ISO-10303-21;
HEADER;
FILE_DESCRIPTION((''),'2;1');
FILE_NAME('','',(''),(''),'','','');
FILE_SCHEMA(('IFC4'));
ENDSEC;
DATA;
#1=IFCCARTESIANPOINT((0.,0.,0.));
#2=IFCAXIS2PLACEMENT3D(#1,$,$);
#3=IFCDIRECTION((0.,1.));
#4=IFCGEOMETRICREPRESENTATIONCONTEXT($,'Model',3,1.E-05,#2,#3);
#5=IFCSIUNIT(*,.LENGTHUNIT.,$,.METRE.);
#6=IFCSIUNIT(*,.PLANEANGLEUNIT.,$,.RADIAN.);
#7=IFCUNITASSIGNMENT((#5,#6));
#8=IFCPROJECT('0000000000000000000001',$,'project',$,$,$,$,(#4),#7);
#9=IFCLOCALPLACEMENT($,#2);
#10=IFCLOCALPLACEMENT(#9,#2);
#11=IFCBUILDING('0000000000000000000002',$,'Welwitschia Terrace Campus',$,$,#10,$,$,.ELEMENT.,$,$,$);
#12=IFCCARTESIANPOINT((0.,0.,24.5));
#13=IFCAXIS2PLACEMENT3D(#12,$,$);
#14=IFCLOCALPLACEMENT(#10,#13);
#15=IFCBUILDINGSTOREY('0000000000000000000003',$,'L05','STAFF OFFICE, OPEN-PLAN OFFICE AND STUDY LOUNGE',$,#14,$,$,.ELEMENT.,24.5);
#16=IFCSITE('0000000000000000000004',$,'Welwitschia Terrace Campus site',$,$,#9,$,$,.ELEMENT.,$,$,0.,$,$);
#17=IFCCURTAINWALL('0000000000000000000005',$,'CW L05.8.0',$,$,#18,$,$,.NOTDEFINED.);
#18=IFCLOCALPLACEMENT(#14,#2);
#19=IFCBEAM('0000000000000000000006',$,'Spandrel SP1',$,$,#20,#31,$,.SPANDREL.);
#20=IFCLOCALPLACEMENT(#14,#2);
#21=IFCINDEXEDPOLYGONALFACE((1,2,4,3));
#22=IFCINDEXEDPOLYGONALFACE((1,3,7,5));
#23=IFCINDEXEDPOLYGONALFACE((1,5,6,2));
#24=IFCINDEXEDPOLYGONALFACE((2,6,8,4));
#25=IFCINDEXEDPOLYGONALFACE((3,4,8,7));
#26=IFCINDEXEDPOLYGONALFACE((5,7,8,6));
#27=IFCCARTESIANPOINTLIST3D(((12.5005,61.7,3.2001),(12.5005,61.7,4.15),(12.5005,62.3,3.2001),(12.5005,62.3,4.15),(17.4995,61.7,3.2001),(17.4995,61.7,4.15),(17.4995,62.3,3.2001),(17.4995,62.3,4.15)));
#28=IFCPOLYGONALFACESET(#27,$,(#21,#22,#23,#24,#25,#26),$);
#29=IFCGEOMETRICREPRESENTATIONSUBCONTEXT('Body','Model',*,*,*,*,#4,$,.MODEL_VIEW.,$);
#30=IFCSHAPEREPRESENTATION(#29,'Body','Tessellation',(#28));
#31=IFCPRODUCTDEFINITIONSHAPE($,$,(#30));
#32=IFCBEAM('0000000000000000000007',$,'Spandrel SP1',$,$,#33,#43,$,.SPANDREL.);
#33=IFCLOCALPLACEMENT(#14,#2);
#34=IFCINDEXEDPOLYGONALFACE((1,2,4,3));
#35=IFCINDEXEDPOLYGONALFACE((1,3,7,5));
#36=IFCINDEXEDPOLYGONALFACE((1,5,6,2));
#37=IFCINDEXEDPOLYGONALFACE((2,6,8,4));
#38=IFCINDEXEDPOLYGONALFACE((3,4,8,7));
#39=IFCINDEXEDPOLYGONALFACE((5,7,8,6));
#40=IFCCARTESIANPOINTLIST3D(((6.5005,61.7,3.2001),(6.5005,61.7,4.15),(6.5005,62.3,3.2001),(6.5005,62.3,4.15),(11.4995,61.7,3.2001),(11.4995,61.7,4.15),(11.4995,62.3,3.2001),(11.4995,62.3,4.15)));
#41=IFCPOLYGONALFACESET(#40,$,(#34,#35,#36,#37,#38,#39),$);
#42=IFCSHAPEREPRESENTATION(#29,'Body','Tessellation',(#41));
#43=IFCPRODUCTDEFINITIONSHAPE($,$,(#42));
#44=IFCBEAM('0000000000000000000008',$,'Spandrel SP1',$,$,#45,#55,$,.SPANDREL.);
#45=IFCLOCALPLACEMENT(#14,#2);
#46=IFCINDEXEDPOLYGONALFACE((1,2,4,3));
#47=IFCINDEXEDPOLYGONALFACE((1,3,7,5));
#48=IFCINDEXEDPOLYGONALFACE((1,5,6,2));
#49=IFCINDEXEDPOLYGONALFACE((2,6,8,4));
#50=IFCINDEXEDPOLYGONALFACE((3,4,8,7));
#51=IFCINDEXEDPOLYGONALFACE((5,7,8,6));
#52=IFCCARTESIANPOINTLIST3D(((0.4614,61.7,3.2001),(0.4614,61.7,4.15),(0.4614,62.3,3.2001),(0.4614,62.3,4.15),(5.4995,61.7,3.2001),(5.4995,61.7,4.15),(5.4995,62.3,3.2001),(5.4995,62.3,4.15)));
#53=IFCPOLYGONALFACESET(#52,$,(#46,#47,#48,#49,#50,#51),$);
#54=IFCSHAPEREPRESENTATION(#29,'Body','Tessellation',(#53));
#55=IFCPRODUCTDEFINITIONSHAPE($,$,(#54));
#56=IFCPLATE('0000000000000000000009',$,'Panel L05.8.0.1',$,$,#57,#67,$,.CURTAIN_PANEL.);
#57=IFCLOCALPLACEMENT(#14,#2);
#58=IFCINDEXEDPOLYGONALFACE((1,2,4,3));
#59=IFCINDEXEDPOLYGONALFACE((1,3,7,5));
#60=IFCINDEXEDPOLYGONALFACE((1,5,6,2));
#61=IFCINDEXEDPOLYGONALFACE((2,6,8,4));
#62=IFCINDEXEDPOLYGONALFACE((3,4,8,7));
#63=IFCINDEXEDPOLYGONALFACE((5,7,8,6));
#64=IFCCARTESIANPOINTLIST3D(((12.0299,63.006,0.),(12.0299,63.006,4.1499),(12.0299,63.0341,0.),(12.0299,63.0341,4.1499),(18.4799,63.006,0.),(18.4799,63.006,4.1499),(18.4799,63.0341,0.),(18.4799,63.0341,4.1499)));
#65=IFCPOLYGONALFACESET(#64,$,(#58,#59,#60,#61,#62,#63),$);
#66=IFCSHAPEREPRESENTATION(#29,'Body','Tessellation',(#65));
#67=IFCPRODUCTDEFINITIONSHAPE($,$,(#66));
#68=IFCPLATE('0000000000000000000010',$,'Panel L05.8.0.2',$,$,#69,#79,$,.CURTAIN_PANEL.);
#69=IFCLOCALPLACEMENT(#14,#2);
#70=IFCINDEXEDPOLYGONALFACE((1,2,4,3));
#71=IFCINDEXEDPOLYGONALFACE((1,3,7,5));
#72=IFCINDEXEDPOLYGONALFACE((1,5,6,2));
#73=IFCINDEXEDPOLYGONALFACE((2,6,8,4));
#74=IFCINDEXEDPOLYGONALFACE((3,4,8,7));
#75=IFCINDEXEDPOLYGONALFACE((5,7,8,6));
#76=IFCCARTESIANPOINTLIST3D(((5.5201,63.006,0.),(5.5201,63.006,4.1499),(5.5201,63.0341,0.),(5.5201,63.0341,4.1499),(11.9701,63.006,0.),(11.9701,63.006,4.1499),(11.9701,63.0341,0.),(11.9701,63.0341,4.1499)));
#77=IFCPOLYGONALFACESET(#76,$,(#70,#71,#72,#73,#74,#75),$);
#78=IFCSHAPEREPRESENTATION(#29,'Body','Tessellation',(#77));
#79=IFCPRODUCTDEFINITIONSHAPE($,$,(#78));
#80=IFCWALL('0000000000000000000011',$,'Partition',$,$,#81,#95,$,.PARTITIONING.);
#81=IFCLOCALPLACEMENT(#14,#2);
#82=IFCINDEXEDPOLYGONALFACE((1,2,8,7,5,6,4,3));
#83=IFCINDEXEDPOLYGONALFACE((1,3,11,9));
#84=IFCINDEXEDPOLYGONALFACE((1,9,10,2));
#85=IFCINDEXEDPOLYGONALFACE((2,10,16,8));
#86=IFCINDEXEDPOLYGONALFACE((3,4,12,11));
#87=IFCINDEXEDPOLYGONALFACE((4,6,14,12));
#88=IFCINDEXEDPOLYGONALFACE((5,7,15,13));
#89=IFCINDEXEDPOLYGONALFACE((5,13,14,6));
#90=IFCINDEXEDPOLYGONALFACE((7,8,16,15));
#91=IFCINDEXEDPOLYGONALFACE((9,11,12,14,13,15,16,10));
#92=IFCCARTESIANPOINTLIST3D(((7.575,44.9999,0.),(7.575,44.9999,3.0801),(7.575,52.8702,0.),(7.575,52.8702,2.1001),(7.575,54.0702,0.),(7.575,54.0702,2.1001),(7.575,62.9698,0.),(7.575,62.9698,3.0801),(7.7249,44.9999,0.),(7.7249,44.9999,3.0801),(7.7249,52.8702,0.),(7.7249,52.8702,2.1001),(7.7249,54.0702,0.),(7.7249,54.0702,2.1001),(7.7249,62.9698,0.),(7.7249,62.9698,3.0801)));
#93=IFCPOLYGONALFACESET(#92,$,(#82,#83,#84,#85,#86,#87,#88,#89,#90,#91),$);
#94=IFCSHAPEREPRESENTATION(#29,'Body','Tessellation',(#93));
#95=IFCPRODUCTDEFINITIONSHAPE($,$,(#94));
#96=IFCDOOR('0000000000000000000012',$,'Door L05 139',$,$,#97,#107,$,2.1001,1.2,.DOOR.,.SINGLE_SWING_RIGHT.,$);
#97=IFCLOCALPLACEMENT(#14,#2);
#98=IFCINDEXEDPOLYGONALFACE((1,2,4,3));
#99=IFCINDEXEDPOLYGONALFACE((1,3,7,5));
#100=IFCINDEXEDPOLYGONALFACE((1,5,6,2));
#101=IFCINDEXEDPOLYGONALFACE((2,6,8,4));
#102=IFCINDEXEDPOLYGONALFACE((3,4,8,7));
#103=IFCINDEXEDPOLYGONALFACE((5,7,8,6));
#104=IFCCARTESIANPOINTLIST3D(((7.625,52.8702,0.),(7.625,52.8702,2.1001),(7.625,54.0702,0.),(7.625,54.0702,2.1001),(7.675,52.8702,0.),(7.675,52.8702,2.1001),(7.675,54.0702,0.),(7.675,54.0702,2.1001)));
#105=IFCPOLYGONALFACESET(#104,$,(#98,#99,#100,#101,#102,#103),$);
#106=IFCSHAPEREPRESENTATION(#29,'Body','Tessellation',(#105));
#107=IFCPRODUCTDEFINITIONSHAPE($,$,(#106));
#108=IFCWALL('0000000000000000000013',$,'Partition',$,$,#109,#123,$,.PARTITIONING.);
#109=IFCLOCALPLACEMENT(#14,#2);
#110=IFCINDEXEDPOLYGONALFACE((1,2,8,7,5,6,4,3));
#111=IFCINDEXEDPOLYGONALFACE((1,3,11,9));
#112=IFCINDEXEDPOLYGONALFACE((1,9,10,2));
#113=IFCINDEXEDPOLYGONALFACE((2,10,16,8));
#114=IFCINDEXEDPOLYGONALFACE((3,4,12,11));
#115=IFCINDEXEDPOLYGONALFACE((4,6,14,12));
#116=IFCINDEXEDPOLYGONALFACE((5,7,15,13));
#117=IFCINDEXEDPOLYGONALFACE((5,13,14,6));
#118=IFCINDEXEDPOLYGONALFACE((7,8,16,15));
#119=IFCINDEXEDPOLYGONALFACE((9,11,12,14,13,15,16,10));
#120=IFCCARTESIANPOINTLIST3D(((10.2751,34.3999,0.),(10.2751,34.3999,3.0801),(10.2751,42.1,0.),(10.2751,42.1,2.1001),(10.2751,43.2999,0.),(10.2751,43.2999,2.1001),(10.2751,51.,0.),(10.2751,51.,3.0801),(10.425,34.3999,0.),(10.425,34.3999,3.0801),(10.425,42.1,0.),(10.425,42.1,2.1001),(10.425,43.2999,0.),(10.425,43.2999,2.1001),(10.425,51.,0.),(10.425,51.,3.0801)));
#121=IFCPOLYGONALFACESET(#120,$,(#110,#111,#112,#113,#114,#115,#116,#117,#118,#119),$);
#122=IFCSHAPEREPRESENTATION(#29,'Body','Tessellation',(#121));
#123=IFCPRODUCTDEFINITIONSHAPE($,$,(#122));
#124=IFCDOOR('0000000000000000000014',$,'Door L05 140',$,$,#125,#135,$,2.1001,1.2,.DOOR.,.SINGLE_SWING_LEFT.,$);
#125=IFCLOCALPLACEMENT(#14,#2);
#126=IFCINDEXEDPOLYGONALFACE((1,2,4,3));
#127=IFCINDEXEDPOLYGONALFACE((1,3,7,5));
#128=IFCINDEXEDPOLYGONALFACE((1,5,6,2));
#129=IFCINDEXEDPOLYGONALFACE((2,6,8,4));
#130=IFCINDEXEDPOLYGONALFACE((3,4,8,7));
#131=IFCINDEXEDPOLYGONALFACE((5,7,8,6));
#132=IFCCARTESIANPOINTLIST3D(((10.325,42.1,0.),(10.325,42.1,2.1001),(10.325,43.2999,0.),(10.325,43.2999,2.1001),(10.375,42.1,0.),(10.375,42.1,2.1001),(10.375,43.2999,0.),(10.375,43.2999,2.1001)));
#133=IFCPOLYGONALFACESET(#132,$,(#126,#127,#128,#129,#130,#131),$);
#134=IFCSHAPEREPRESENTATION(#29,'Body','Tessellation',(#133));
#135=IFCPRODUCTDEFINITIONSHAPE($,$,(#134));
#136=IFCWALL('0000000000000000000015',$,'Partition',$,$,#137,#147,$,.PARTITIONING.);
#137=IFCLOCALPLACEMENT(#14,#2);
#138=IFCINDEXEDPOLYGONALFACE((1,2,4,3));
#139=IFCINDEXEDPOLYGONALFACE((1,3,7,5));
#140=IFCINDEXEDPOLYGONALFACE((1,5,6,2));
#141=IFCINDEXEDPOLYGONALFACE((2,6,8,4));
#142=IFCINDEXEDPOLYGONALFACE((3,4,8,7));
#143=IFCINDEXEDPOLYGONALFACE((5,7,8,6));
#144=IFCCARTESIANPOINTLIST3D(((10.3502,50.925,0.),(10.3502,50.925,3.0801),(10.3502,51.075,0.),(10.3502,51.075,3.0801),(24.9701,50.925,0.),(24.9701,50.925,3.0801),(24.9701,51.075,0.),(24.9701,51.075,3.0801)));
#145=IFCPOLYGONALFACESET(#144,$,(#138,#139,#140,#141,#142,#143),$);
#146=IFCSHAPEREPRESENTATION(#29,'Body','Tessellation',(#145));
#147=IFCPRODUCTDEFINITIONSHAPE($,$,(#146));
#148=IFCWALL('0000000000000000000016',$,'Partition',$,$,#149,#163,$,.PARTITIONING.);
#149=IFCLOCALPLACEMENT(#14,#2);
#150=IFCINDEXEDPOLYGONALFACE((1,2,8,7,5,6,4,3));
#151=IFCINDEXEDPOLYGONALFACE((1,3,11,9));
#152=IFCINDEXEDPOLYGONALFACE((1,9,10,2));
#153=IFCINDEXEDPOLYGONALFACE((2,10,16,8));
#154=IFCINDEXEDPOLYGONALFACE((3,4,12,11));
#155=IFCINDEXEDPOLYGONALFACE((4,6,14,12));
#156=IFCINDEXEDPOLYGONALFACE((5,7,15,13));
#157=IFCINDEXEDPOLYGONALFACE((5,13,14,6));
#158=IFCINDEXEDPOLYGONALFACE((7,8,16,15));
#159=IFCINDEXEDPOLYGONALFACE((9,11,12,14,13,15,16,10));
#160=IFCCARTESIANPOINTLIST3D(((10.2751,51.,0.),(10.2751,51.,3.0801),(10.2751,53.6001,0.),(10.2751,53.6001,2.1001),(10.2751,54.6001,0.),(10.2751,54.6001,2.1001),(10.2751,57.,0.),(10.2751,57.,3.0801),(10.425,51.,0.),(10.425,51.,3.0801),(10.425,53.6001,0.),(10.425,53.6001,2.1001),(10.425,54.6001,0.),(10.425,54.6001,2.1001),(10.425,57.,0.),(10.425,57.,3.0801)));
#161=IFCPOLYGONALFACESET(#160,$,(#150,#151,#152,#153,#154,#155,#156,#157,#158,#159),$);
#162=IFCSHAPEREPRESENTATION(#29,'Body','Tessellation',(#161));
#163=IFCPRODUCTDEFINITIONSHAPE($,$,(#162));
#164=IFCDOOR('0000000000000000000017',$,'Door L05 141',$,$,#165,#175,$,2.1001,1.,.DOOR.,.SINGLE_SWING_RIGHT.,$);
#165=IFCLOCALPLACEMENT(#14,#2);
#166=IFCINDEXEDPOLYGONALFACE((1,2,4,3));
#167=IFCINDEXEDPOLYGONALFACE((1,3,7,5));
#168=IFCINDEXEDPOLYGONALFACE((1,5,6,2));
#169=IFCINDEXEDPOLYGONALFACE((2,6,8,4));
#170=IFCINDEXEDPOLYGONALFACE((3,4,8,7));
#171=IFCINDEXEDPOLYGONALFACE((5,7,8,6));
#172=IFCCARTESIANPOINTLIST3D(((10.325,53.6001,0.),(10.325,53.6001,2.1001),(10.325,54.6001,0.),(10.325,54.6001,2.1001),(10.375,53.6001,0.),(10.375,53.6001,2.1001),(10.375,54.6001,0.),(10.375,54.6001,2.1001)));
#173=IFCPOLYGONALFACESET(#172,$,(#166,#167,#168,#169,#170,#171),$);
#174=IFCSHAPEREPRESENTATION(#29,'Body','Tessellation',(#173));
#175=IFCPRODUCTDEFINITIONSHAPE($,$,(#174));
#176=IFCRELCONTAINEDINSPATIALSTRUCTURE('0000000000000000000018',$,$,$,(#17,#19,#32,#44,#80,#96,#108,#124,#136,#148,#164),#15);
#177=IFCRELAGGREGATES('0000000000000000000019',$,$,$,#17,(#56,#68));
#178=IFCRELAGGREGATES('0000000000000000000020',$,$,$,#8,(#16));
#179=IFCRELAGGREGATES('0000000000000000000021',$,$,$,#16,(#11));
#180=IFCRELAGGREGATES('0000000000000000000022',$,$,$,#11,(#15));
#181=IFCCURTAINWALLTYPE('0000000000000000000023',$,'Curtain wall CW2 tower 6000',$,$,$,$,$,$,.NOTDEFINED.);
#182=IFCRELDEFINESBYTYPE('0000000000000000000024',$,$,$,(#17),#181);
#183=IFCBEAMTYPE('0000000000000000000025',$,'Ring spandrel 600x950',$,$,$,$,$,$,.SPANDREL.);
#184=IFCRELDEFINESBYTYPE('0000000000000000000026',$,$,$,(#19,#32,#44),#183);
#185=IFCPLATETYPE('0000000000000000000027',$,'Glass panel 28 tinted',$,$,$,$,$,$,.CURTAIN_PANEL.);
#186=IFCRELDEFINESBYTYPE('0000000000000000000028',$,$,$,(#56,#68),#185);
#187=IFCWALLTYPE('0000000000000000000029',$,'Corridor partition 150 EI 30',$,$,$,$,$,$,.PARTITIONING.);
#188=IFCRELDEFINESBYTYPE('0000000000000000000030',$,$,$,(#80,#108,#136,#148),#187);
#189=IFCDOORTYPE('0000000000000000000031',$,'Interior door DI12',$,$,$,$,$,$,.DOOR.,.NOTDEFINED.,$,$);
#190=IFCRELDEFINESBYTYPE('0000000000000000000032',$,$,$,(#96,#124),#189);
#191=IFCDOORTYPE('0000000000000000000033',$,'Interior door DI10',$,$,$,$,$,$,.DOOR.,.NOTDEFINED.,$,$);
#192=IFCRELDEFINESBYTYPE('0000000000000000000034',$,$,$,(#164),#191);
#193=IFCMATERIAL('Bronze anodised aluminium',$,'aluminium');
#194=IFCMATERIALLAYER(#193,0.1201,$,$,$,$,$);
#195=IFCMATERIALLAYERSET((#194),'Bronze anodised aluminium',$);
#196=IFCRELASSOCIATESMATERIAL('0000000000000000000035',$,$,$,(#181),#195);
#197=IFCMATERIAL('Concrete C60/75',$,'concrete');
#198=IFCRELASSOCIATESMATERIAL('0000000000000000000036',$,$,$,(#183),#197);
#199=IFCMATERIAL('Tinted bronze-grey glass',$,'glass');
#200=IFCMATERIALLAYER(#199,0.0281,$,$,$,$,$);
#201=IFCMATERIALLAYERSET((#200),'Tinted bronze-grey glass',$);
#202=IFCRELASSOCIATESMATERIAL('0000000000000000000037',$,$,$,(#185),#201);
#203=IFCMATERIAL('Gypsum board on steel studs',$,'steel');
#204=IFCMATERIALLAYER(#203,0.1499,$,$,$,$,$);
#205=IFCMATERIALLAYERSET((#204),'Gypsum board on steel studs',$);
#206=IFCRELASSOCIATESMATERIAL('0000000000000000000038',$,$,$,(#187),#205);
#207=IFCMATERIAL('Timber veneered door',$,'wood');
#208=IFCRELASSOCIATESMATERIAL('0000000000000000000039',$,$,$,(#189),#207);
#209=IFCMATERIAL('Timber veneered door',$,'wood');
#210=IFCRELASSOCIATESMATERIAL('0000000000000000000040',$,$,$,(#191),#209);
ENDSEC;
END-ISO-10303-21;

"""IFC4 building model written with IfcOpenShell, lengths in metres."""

from ifc_helpers import new_model, si_unit, direction, frame, frame_2d, origin, origin_2d, place, context, subcontext, project, spatial, rectangle, extrude, material, layer, layer_set, material_profile, profile_set, type_object, element, fill, aggregate, save


model = new_model("IFC4")

# Units and contexts
model_context = context("Model", 3, precision=1e-05, world=origin(), true_north=direction((0.0, 1.0)))
body_context = subcontext(model_context, "Body", "Model", "MODEL_VIEW")
ifc_project = project(units=[si_unit("LENGTHUNIT", "METRE"), si_unit("PLANEANGLEUNIT", "RADIAN")], contexts=[model_context])

# Site, building, storey
site_placement = place(None, origin())
site = spatial("IfcSite", under=ifc_project, at=site_placement, Name="Welwitschia Terrace Campus site", CompositionType="ELEMENT", RefElevation=0.0)
building_placement = place(site_placement, origin())
building = spatial("IfcBuilding", under=site, at=building_placement, Name="Welwitschia Terrace Campus", CompositionType="ELEMENT")
storey_placement = place(building_placement, frame((0.0, 0.0, 24.5)))
storey = spatial("IfcBuildingStorey", under=building, at=storey_placement, Name="L05", Description="STAFF OFFICE, OPEN-PLAN OFFICE AND STUDY LOUNGE", CompositionType="ELEMENT", Elevation=24.5)

# Curtain wall
ifc_material_1 = material(Name="Bronze anodised aluminium", Category="aluminium")
ifc_layer_1 = layer(ifc_material_1, 0.1201)
ifc_layer_set_1 = layer_set([ifc_layer_1], Name="Bronze anodised aluminium")
curtain_wall_type = type_object("IfcCurtainWallType", Name="Curtain wall CW2 tower 6000", PredefinedType="NOTDEFINED", material=ifc_layer_set_1)
curtain_wall_placement = place(storey_placement, origin())
curtain_wall = element("IfcCurtainWall", 1, at=curtain_wall_placement, inside=storey, type_object=curtain_wall_type, Name="CW L05.8.0", PredefinedType="NOTDEFINED")

# Beams
ifc_material_2 = material(Name="Concrete C60/75", Category="concrete")
ifc_material_profile_1 = material_profile(ifc_material_2, rectangle(XDim=0.6001, YDim=0.95, at=origin_2d()))
ifc_profile_set_1 = profile_set([ifc_material_profile_1], Name="Concrete C60/75")
beam_type_1 = type_object("IfcBeamType", Name="Ring spandrel 600x950", PredefinedType="SPANDREL", material=ifc_profile_set_1)
for number, where, z_axis, x_axis, name in (
    (2, (17.4995, 62.0, 3.675), (-1.0, 0.0, 0.0), (0.0, -1.0, 0.0), "Spandrel SP1"),
    (3, (11.4995, 62.0, 3.675), (-1.0, 0.0, 0.0), (0.0, -1.0, 0.0), "Spandrel SP1"),
):
    element("IfcBeam", number, at=place(storey_placement, frame(where, z_axis=z_axis, x_axis=x_axis)), inside=storey, type_object=beam_type_1, Name=name, PredefinedType="SPANDREL", context=body_context, shape_type="SweptSolid", body=[
        extrude(rectangle(XDim=0.6001, YDim=0.95, at=origin_2d()), origin(), (0.0, 0.0, 1.0), 4.999),
    ])
beam_1_placement = place(storey_placement, frame((5.4995, 62.0, 3.675), z_axis=(-1.0, 0.0, 0.0), x_axis=(0.0, -1.0, 0.0)))
element("IfcBeam", 4, at=beam_1_placement, inside=storey, type_object=beam_type_1, Name="Spandrel SP1", PredefinedType="SPANDREL", context=body_context, shape_type="SweptSolid", body=[
    extrude(rectangle(XDim=0.6001, YDim=0.95, at=origin_2d()), origin(), (0.0, 0.0, 1.0), 5.0381),
])

# Plates
ifc_material_3 = material(Name="Tinted bronze-grey glass", Category="glass")
ifc_layer_2 = layer(ifc_material_3, 0.0281)
ifc_layer_set_2 = layer_set([ifc_layer_2], Name="Tinted bronze-grey glass")
plate_type = type_object("IfcPlateType", Name="Glass panel 28 tinted", PredefinedType="CURTAIN_PANEL", material=ifc_layer_set_2)
plate_1_placement = place(storey_placement, frame((15.2549, 63.02, 0.0), z_axis=(0.0, 0.0, 1.0), x_axis=(-1.0, 0.0, 0.0)))
plate_1 = element("IfcPlate", 5, at=plate_1_placement, type_object=plate_type, Name="Panel L05.8.0.1", PredefinedType="CURTAIN_PANEL", context=body_context, shape_type="SweptSolid", body=[
    extrude(rectangle(XDim=6.45, YDim=0.0281, at=origin_2d()), origin(), (0.0, 0.0, 1.0), 4.1499),
])
plate_2_placement = place(storey_placement, frame((8.7451, 63.02, 0.0), z_axis=(0.0, 0.0, 1.0), x_axis=(-1.0, 0.0, 0.0)))
plate_2 = element("IfcPlate", 6, at=plate_2_placement, type_object=plate_type, Name="Panel L05.8.0.2", PredefinedType="CURTAIN_PANEL", context=body_context, shape_type="SweptSolid", body=[
    extrude(rectangle(XDim=6.45, YDim=0.0281, at=origin_2d()), origin(), (0.0, 0.0, 1.0), 4.1499),
])
aggregate(curtain_wall, [plate_1, plate_2])

# Walls, openings, doors
ifc_material_4 = material(Name="Gypsum board on steel studs", Category="steel")
ifc_layer_3 = layer(ifc_material_4, 0.1499)
ifc_layer_set_3 = layer_set([ifc_layer_3], Name="Gypsum board on steel studs")
wall_type = type_object("IfcWallType", Name="Corridor partition 150 EI 30", PredefinedType="PARTITIONING", material=ifc_layer_set_3)
wall_1_placement = place(storey_placement, frame((7.6499, 45.0, 0.0), z_axis=(0.0, 0.0, 1.0), x_axis=(0.0, 1.0, 0.0)))
wall_1 = element("IfcWall", 7, at=wall_1_placement, inside=storey, type_object=wall_type, Name="Partition", PredefinedType="PARTITIONING", context=body_context, shape_type="SweptSolid", body=[
    extrude(rectangle(XDim=17.97, YDim=0.1499, at=frame_2d((8.9849, 0.0))), origin(), (0.0, 0.0, 1.0), 3.0801),
])
opening_1_placement = place(wall_1_placement, frame((7.8701, 0.0, 0.0)))
opening_1 = element("IfcOpeningElement", 8, at=opening_1_placement, cuts=wall_1, PredefinedType="OPENING", context=body_context, shape_type="SweptSolid", body=[
    extrude(rectangle(XDim=1.2, YDim=2.1001, at=frame_2d((0.6001, 1.05))), frame((0.0, 0.085, 0.0), z_axis=(0.0, -1.0, 0.0), x_axis=(1.0, 0.0, 0.0)), (0.0, 0.0, 1.0), 0.1699),
])
ifc_material_5 = material(Name="Timber veneered door", Category="wood")
door_type_1 = type_object("IfcDoorType", Name="Interior door DI12", OperationType="NOTDEFINED", PredefinedType="DOOR", material=ifc_material_5)
door_1_placement = place(opening_1_placement, origin())
door_1 = element("IfcDoor", 9, at=door_1_placement, inside=storey, type_object=door_type_1, Name="Door L05 139", OperationType="SINGLE_SWING_RIGHT", OverallHeight=2.1001, OverallWidth=1.2, PredefinedType="DOOR", context=body_context, shape_type="SweptSolid", body=[
    extrude(rectangle(XDim=1.2, YDim=2.1001, at=frame_2d((0.6001, 1.05))), frame((0.0, 0.0249, 0.0), z_axis=(0.0, -1.0, 0.0), x_axis=(1.0, 0.0, 0.0)), (0.0, 0.0, 1.0), 0.05),
])
fill(opening_1, door_1)
wall_2_placement = place(storey_placement, frame((10.3501, 51.0, 0.0), z_axis=(0.0, 0.0, 1.0), x_axis=(0.0, -1.0, 0.0)))
wall_2 = element("IfcWall", 10, at=wall_2_placement, inside=storey, type_object=wall_type, Name="Partition", PredefinedType="PARTITIONING", context=body_context, shape_type="SweptSolid", body=[
    extrude(rectangle(XDim=16.6001, YDim=0.1499, at=frame_2d((8.3, 0.0))), origin(), (0.0, 0.0, 1.0), 3.0801),
])
opening_2_placement = place(wall_2_placement, frame((7.7, 0.0, 0.0)))
opening_2 = element("IfcOpeningElement", 11, at=opening_2_placement, cuts=wall_2, PredefinedType="OPENING", context=body_context, shape_type="SweptSolid", body=[
    extrude(rectangle(XDim=1.2, YDim=2.1001, at=frame_2d((0.6001, 1.05))), frame((0.0, 0.085, 0.0), z_axis=(0.0, -1.0, 0.0), x_axis=(1.0, 0.0, 0.0)), (0.0, 0.0, 1.0), 0.1699),
])
door_2_placement = place(opening_2_placement, origin())
door_2 = element("IfcDoor", 12, at=door_2_placement, inside=storey, type_object=door_type_1, Name="Door L05 140", OperationType="SINGLE_SWING_LEFT", OverallHeight=2.1001, OverallWidth=1.2, PredefinedType="DOOR", context=body_context, shape_type="SweptSolid", body=[
    extrude(rectangle(XDim=1.2, YDim=2.1001, at=frame_2d((0.6001, 1.05))), frame((0.0, 0.0249, 0.0), z_axis=(0.0, -1.0, 0.0), x_axis=(1.0, 0.0, 0.0)), (0.0, 0.0, 1.0), 0.05),
])
fill(opening_2, door_2)

# Wall
wall_3_placement = place(storey_placement, frame((10.3501, 51.0, 0.0), z_axis=(0.0, 0.0, 1.0), x_axis=(1.0, 0.0, 0.0)))
element("IfcWall", 13, at=wall_3_placement, inside=storey, type_object=wall_type, Name="Partition", PredefinedType="PARTITIONING", context=body_context, shape_type="SweptSolid", body=[
    extrude(rectangle(XDim=14.6199, YDim=0.1499, at=frame_2d((7.3101, 0.0))), origin(), (0.0, 0.0, 1.0), 3.0801),
])

# Wall, opening, door
wall_4_placement = place(storey_placement, frame((10.3501, 57.0, 0.0), z_axis=(0.0, 0.0, 1.0), x_axis=(0.0, -1.0, 0.0)))
wall_4 = element("IfcWall", 14, at=wall_4_placement, inside=storey, type_object=wall_type, Name="Partition", PredefinedType="PARTITIONING", context=body_context, shape_type="SweptSolid", body=[
    extrude(rectangle(XDim=6.0, YDim=0.1499, at=frame_2d((3.0, 0.0))), origin(), (0.0, 0.0, 1.0), 3.0801),
])
opening_3_placement = place(wall_4_placement, frame((2.3999, 0.0, 0.0)))
opening_3 = element("IfcOpeningElement", 15, at=opening_3_placement, cuts=wall_4, PredefinedType="OPENING", context=body_context, shape_type="SweptSolid", body=[
    extrude(rectangle(XDim=1.0, YDim=2.1001, at=frame_2d((0.5, 1.05))), frame((0.0, 0.085, 0.0), z_axis=(0.0, -1.0, 0.0), x_axis=(1.0, 0.0, 0.0)), (0.0, 0.0, 1.0), 0.1699),
])
ifc_material_6 = material(Name="Timber veneered door", Category="wood")
door_type_2 = type_object("IfcDoorType", Name="Interior door DI10", OperationType="NOTDEFINED", PredefinedType="DOOR", material=ifc_material_6)
door_3_placement = place(opening_3_placement, origin())
door_3 = element("IfcDoor", 16, at=door_3_placement, inside=storey, type_object=door_type_2, Name="Door L05 141", OperationType="SINGLE_SWING_RIGHT", OverallHeight=2.1001, OverallWidth=1.0, PredefinedType="DOOR", context=body_context, shape_type="SweptSolid", body=[
    extrude(rectangle(XDim=1.0, YDim=2.1001, at=frame_2d((0.5, 1.05))), frame((0.0, 0.0249, 0.0), z_axis=(0.0, -1.0, 0.0), x_axis=(1.0, 0.0, 0.0)), (0.0, 0.0, 1.0), 0.05),
])
fill(opening_3, door_3)

save(model, "model.ifc")
